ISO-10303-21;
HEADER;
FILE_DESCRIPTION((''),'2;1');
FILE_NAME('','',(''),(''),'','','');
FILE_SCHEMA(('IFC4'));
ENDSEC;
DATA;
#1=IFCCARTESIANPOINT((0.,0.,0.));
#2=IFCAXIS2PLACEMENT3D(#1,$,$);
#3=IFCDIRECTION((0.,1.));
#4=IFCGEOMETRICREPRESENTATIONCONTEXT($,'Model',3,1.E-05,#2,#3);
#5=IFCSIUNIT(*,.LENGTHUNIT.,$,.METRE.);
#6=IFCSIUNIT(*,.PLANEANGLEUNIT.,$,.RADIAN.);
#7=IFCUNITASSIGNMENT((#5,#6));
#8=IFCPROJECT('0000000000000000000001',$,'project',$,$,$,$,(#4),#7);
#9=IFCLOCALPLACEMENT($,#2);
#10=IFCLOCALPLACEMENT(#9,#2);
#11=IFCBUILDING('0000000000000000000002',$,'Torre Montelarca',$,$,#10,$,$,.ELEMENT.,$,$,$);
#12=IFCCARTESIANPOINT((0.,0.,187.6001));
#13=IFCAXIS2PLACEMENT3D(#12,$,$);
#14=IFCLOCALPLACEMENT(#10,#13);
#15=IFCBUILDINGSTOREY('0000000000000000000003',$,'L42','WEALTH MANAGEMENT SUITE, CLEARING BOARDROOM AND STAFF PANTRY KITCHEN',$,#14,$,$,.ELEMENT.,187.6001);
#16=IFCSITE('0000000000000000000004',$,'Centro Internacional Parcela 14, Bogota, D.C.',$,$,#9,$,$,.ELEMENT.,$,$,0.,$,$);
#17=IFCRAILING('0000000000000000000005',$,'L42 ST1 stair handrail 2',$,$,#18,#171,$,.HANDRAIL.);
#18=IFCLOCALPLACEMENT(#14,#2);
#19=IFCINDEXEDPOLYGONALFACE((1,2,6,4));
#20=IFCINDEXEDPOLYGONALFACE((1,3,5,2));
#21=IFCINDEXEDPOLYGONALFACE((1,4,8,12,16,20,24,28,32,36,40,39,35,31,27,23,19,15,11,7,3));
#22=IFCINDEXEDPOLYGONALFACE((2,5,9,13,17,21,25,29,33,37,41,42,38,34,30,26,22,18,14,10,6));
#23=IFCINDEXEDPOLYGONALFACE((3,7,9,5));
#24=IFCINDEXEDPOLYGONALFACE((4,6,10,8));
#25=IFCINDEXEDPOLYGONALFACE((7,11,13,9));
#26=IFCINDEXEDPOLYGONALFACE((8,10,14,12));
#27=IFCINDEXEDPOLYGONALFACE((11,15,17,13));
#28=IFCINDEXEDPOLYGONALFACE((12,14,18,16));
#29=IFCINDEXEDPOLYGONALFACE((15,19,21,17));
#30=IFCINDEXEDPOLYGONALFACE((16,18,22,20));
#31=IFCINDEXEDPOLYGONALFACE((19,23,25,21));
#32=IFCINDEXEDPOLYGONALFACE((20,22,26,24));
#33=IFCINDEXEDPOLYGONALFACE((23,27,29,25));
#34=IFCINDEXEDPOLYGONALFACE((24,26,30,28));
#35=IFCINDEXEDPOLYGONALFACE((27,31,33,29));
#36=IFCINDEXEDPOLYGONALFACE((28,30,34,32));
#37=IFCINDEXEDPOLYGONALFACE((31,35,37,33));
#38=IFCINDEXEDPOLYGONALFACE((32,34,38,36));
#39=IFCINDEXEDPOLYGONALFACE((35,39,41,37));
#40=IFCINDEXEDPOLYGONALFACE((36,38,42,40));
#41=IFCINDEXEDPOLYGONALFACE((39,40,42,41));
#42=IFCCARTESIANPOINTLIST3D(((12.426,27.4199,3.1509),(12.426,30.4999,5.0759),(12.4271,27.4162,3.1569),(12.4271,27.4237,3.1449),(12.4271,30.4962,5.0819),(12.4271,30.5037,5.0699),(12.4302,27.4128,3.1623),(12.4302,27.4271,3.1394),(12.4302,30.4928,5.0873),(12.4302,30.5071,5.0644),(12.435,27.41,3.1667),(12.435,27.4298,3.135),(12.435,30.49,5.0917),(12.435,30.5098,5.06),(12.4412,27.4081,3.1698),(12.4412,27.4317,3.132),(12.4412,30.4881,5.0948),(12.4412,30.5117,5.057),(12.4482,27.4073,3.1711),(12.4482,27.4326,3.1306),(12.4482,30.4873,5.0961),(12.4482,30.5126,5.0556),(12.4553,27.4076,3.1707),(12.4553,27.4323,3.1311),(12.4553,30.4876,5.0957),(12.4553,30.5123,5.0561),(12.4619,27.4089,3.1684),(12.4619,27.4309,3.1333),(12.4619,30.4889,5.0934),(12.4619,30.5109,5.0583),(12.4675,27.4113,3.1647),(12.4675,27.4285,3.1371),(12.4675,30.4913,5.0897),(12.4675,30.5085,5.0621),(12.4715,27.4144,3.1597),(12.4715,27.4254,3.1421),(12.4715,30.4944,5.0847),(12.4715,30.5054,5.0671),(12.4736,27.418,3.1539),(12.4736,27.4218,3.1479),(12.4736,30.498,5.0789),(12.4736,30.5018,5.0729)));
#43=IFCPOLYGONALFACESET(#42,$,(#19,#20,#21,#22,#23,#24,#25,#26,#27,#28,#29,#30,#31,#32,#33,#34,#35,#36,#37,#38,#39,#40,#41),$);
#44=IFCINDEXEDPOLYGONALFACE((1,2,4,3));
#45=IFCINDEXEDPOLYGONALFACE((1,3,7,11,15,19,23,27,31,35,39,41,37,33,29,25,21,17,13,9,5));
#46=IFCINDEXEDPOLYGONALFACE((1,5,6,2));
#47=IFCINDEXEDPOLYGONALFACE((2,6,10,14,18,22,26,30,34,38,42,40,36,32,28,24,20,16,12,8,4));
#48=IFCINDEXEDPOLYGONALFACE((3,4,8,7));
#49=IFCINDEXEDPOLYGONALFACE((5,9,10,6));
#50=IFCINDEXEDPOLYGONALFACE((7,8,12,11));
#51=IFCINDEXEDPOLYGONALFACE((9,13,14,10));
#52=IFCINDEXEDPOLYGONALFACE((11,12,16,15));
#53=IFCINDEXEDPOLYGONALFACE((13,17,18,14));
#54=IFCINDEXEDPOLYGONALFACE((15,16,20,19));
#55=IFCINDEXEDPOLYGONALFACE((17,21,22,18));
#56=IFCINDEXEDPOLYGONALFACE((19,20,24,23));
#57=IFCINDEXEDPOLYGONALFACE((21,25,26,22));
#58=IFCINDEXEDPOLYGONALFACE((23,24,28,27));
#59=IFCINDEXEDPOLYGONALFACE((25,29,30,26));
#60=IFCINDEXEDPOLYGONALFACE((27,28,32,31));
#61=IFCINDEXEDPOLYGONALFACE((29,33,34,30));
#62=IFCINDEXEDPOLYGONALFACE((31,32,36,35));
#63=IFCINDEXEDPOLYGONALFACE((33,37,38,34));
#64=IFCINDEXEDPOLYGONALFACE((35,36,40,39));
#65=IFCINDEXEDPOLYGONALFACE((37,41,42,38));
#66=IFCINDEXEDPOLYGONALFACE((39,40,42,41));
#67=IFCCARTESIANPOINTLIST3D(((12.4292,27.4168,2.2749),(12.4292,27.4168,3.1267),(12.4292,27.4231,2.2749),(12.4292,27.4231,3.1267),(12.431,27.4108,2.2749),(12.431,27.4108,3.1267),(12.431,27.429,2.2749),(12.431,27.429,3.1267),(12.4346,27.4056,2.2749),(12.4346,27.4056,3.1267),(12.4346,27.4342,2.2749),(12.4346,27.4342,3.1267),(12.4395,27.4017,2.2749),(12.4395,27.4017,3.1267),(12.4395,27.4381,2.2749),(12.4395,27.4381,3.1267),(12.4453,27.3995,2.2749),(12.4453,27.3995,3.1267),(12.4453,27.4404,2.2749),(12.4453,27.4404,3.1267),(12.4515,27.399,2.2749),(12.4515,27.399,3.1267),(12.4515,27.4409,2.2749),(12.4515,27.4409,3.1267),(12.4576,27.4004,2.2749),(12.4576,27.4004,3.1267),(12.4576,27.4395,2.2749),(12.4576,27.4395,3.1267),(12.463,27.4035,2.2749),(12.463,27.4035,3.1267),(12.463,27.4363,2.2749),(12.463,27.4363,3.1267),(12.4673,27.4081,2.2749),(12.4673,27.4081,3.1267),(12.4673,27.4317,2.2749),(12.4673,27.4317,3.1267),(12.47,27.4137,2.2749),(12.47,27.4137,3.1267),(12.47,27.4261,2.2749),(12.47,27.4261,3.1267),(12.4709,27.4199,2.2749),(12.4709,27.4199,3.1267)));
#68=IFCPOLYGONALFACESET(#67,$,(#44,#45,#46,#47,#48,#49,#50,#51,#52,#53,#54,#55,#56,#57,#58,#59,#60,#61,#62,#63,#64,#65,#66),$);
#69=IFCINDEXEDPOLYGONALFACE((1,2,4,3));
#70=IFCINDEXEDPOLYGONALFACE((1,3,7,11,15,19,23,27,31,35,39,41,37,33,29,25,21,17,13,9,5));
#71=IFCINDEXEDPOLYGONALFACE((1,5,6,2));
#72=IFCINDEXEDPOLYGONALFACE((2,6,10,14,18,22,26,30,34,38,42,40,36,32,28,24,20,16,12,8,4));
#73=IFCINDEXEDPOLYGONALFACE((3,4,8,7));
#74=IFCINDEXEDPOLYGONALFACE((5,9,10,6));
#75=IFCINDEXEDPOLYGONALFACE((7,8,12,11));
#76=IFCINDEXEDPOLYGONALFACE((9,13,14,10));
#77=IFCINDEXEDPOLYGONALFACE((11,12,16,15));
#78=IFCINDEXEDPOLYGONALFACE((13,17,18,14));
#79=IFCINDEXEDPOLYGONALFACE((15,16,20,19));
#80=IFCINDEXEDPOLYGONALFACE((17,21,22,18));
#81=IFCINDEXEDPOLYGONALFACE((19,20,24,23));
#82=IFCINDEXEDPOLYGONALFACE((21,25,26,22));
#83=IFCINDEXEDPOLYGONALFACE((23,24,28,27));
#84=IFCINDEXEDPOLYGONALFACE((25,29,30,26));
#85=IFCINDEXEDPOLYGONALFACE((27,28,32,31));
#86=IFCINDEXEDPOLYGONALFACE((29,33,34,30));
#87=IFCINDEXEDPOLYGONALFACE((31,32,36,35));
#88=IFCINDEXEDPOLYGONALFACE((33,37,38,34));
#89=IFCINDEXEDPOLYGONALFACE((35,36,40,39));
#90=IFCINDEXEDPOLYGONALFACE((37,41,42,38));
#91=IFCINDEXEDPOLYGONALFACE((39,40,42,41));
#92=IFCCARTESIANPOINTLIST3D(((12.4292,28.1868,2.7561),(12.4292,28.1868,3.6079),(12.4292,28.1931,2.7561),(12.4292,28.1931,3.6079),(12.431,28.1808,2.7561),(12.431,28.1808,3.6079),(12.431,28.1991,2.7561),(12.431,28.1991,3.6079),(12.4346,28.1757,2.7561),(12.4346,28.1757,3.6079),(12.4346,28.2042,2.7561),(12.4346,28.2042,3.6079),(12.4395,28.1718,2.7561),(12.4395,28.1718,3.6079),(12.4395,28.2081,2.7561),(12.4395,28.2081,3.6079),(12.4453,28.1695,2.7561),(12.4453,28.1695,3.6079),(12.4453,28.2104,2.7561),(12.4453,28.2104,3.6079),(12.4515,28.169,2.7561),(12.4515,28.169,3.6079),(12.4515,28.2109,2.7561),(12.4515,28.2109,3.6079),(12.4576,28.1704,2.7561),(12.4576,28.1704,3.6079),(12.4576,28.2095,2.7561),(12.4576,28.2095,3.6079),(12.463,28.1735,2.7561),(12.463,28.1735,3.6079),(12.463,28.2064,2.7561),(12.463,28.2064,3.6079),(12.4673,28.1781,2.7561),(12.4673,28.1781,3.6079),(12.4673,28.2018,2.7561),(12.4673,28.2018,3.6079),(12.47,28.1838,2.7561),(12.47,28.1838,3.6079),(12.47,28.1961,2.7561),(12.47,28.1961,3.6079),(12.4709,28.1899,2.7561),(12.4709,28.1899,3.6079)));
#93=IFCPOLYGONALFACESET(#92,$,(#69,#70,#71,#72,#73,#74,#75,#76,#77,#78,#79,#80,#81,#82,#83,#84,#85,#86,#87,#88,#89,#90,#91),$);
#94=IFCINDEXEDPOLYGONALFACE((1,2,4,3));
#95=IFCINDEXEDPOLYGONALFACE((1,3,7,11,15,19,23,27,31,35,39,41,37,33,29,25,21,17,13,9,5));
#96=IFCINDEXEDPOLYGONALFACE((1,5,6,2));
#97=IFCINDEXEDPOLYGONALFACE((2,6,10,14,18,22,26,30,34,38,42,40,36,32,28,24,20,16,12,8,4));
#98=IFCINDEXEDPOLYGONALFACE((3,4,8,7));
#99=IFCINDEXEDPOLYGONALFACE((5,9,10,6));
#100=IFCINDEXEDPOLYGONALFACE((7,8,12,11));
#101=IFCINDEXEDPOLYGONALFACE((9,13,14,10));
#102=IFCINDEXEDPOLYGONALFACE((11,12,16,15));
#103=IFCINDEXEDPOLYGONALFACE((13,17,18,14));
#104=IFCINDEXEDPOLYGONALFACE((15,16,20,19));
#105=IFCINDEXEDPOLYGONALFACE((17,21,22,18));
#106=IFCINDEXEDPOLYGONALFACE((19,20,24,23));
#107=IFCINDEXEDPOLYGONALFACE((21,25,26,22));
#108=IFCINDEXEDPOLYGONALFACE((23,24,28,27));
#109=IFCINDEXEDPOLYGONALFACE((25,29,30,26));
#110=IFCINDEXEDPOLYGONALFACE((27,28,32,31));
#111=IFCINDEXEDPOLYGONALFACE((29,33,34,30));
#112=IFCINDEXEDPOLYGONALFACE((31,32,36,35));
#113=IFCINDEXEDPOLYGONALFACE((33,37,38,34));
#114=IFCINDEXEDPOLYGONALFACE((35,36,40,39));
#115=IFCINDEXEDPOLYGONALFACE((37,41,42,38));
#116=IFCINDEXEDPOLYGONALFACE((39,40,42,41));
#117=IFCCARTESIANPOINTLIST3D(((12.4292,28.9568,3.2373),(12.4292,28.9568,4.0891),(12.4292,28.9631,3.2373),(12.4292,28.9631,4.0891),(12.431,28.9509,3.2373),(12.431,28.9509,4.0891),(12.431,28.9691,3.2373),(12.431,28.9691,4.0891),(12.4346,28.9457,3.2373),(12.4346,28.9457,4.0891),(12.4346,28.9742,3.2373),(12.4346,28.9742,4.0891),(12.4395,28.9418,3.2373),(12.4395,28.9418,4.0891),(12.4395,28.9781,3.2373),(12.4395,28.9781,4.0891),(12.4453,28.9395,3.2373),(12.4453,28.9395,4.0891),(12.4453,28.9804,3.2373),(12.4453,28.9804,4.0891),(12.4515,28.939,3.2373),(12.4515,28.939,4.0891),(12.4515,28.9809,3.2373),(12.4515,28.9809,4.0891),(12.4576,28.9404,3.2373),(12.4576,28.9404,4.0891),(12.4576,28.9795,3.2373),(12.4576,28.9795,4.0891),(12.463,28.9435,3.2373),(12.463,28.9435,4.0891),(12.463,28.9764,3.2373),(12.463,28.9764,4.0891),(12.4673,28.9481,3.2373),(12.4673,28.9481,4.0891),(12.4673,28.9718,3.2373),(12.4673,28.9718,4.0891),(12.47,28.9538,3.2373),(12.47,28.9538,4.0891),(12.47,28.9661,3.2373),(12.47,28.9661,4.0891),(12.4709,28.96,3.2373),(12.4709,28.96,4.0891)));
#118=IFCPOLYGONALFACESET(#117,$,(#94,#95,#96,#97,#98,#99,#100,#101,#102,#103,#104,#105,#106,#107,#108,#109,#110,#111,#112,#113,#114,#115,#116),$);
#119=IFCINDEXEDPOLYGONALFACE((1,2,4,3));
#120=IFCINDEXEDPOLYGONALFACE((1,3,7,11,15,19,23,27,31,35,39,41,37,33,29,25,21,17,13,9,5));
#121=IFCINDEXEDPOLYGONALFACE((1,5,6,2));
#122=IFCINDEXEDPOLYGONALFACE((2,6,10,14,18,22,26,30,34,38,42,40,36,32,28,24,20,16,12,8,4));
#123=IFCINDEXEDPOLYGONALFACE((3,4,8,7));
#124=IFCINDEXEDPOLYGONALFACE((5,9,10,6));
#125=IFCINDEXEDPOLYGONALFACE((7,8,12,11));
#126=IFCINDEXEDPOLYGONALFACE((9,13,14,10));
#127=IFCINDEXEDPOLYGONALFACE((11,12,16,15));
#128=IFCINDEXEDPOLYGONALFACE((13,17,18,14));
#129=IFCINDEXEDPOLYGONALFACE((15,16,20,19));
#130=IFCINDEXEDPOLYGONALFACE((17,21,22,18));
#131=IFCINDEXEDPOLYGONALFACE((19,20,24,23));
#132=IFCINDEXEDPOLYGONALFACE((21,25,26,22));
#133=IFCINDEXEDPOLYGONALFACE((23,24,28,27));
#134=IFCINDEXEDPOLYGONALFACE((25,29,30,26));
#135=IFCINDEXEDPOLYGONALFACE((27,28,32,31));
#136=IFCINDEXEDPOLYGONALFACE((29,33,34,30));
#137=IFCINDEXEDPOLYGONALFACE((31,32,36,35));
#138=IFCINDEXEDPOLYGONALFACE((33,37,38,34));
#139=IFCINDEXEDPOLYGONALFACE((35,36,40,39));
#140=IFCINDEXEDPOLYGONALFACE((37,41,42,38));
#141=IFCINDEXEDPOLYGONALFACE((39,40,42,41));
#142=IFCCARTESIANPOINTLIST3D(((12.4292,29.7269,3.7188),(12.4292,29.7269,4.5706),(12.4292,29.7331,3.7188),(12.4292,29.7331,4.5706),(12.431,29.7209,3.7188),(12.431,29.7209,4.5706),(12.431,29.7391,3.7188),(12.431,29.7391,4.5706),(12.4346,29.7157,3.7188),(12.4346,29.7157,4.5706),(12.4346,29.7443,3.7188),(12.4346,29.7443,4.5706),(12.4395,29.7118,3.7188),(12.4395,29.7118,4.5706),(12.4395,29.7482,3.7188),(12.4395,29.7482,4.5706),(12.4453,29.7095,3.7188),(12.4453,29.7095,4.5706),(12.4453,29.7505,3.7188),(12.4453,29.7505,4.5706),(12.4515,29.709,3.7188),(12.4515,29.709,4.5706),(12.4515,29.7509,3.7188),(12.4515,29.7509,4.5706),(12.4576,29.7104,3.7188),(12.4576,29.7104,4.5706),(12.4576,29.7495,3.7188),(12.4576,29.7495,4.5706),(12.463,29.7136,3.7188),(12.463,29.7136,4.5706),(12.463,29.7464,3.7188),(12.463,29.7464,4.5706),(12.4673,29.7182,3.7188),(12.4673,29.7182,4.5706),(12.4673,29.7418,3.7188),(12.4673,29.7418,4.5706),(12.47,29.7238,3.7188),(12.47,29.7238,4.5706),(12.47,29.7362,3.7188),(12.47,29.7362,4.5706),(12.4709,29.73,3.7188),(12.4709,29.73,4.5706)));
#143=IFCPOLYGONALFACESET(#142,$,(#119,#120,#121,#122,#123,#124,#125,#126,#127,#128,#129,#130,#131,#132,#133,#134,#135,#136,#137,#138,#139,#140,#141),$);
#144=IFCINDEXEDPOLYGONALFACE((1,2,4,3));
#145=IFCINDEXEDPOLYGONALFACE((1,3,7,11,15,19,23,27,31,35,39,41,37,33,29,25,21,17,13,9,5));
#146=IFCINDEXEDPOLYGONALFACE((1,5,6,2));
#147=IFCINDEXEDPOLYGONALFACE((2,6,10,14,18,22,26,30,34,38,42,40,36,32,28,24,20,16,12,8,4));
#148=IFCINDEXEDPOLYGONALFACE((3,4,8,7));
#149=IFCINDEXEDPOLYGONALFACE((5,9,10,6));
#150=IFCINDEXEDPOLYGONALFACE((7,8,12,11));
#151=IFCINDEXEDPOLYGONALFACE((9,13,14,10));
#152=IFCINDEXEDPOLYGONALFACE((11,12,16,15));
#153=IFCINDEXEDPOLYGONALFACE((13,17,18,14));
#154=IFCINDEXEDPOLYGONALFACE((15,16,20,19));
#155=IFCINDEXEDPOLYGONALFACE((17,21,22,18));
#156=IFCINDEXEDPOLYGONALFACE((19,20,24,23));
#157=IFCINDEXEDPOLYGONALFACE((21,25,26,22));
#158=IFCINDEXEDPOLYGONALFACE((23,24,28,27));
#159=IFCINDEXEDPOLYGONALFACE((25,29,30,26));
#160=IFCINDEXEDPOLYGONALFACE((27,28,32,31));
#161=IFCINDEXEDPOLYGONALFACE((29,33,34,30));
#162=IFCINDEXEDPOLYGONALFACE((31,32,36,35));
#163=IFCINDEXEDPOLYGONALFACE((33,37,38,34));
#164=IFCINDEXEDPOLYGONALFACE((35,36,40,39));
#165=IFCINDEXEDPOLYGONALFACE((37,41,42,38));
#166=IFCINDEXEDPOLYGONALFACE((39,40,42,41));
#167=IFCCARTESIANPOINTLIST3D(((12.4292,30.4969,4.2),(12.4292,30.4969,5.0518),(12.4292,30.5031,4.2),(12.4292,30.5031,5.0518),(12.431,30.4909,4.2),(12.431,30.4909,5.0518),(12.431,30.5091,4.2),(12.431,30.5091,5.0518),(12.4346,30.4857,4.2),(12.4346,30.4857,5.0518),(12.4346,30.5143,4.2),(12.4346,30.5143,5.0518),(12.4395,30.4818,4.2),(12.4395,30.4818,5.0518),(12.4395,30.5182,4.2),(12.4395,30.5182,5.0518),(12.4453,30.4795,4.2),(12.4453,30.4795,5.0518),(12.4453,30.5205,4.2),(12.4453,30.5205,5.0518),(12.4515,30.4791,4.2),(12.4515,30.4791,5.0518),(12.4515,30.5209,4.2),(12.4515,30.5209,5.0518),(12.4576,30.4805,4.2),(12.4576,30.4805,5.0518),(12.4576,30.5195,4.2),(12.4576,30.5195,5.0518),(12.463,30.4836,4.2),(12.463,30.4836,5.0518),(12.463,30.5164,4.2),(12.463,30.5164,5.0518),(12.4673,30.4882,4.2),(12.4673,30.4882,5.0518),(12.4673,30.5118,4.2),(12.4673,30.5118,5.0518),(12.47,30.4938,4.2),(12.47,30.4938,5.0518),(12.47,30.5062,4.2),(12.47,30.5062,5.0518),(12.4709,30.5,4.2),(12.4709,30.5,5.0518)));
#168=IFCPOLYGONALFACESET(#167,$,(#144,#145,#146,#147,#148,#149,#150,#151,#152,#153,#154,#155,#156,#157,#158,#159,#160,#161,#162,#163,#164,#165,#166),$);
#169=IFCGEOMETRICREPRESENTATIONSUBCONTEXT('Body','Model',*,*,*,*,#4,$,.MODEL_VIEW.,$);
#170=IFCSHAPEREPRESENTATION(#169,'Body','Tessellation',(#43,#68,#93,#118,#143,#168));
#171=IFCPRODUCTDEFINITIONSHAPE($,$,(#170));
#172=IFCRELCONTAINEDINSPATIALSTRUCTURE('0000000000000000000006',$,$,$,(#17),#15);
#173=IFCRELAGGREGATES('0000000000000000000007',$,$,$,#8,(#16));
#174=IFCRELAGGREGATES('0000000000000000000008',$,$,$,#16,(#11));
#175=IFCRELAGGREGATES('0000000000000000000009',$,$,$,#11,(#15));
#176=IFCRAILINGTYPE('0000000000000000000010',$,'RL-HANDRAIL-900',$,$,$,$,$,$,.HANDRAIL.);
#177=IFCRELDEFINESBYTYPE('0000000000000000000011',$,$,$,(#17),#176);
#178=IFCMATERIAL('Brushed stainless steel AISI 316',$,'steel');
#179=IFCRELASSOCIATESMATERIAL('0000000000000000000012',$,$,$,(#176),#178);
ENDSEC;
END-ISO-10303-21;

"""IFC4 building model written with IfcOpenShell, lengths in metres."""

from ifc_helpers import new_model, si_unit, direction, frame, origin, origin_2d, place, context, subcontext, project, spatial, circle, extrude, material, type_object, element, save


model = new_model("IFC4")

# Units and contexts
model_context = context("Model", 3, precision=1e-05, world=origin(), true_north=direction((0.0, 1.0)))
body_context = subcontext(model_context, "Body", "Model", "MODEL_VIEW")
ifc_project = project(units=[si_unit("LENGTHUNIT", "METRE"), si_unit("PLANEANGLEUNIT", "RADIAN")], contexts=[model_context])

# Site, building, storey
site_placement = place(None, origin())
site = spatial("IfcSite", under=ifc_project, at=site_placement, Name="Centro Internacional Parcela 14, Bogota, D.C.", CompositionType="ELEMENT", RefElevation=0.0)
building_placement = place(site_placement, origin())
building = spatial("IfcBuilding", under=site, at=building_placement, Name="Torre Montelarca", CompositionType="ELEMENT")
storey_placement = place(building_placement, frame((0.0, 0.0, 187.6001)))
storey = spatial("IfcBuildingStorey", under=building, at=storey_placement, Name="L42", Description="WEALTH MANAGEMENT SUITE, CLEARING BOARDROOM AND STAFF PANTRY KITCHEN", CompositionType="ELEMENT", Elevation=187.6001)

# Railing
ifc_material_1 = material(Name="Brushed stainless steel AISI 316", Category="steel")
railing_type_1 = type_object("IfcRailingType", Name="RL-HANDRAIL-900", PredefinedType="HANDRAIL", material=ifc_material_1)
railing_1_placement = place(storey_placement, frame((12.45, 27.4199, 2.2749)))
element("IfcRailing", 1, at=railing_1_placement, inside=storey, type_object=railing_type_1, Name="L42 ST1 stair handrail 2", PredefinedType="HANDRAIL", context=body_context, shape_type="SweptSolid", body=[
    extrude(circle(Radius=0.0239, at=origin_2d()), frame((0.0, 0.0, 0.876), z_axis=(0.0, 0.847998, 0.529999), x_axis=(-1.0, 0.0, 0.0)), (0.0, 0.0, 1.0), 3.6321),
    extrude(circle(Radius=0.021, at=origin_2d()), origin(), (0.0, 0.0, 1.0), 0.8518),
    extrude(circle(Radius=0.021, at=origin_2d()), frame((0.0, 0.77, 0.4812)), (0.0, 0.0, 1.0), 0.8518),
    extrude(circle(Radius=0.021, at=origin_2d()), frame((0.0, 1.54, 0.9624)), (0.0, 0.0, 1.0), 0.8518),
    extrude(circle(Radius=0.021, at=origin_2d()), frame((0.0, 2.3101, 1.4438)), (0.0, 0.0, 1.0), 0.8518),
    extrude(circle(Radius=0.021, at=origin_2d()), frame((0.0, 3.0801, 1.925)), (0.0, 0.0, 1.0), 0.8518),
])

save(model, "model.ifc")
